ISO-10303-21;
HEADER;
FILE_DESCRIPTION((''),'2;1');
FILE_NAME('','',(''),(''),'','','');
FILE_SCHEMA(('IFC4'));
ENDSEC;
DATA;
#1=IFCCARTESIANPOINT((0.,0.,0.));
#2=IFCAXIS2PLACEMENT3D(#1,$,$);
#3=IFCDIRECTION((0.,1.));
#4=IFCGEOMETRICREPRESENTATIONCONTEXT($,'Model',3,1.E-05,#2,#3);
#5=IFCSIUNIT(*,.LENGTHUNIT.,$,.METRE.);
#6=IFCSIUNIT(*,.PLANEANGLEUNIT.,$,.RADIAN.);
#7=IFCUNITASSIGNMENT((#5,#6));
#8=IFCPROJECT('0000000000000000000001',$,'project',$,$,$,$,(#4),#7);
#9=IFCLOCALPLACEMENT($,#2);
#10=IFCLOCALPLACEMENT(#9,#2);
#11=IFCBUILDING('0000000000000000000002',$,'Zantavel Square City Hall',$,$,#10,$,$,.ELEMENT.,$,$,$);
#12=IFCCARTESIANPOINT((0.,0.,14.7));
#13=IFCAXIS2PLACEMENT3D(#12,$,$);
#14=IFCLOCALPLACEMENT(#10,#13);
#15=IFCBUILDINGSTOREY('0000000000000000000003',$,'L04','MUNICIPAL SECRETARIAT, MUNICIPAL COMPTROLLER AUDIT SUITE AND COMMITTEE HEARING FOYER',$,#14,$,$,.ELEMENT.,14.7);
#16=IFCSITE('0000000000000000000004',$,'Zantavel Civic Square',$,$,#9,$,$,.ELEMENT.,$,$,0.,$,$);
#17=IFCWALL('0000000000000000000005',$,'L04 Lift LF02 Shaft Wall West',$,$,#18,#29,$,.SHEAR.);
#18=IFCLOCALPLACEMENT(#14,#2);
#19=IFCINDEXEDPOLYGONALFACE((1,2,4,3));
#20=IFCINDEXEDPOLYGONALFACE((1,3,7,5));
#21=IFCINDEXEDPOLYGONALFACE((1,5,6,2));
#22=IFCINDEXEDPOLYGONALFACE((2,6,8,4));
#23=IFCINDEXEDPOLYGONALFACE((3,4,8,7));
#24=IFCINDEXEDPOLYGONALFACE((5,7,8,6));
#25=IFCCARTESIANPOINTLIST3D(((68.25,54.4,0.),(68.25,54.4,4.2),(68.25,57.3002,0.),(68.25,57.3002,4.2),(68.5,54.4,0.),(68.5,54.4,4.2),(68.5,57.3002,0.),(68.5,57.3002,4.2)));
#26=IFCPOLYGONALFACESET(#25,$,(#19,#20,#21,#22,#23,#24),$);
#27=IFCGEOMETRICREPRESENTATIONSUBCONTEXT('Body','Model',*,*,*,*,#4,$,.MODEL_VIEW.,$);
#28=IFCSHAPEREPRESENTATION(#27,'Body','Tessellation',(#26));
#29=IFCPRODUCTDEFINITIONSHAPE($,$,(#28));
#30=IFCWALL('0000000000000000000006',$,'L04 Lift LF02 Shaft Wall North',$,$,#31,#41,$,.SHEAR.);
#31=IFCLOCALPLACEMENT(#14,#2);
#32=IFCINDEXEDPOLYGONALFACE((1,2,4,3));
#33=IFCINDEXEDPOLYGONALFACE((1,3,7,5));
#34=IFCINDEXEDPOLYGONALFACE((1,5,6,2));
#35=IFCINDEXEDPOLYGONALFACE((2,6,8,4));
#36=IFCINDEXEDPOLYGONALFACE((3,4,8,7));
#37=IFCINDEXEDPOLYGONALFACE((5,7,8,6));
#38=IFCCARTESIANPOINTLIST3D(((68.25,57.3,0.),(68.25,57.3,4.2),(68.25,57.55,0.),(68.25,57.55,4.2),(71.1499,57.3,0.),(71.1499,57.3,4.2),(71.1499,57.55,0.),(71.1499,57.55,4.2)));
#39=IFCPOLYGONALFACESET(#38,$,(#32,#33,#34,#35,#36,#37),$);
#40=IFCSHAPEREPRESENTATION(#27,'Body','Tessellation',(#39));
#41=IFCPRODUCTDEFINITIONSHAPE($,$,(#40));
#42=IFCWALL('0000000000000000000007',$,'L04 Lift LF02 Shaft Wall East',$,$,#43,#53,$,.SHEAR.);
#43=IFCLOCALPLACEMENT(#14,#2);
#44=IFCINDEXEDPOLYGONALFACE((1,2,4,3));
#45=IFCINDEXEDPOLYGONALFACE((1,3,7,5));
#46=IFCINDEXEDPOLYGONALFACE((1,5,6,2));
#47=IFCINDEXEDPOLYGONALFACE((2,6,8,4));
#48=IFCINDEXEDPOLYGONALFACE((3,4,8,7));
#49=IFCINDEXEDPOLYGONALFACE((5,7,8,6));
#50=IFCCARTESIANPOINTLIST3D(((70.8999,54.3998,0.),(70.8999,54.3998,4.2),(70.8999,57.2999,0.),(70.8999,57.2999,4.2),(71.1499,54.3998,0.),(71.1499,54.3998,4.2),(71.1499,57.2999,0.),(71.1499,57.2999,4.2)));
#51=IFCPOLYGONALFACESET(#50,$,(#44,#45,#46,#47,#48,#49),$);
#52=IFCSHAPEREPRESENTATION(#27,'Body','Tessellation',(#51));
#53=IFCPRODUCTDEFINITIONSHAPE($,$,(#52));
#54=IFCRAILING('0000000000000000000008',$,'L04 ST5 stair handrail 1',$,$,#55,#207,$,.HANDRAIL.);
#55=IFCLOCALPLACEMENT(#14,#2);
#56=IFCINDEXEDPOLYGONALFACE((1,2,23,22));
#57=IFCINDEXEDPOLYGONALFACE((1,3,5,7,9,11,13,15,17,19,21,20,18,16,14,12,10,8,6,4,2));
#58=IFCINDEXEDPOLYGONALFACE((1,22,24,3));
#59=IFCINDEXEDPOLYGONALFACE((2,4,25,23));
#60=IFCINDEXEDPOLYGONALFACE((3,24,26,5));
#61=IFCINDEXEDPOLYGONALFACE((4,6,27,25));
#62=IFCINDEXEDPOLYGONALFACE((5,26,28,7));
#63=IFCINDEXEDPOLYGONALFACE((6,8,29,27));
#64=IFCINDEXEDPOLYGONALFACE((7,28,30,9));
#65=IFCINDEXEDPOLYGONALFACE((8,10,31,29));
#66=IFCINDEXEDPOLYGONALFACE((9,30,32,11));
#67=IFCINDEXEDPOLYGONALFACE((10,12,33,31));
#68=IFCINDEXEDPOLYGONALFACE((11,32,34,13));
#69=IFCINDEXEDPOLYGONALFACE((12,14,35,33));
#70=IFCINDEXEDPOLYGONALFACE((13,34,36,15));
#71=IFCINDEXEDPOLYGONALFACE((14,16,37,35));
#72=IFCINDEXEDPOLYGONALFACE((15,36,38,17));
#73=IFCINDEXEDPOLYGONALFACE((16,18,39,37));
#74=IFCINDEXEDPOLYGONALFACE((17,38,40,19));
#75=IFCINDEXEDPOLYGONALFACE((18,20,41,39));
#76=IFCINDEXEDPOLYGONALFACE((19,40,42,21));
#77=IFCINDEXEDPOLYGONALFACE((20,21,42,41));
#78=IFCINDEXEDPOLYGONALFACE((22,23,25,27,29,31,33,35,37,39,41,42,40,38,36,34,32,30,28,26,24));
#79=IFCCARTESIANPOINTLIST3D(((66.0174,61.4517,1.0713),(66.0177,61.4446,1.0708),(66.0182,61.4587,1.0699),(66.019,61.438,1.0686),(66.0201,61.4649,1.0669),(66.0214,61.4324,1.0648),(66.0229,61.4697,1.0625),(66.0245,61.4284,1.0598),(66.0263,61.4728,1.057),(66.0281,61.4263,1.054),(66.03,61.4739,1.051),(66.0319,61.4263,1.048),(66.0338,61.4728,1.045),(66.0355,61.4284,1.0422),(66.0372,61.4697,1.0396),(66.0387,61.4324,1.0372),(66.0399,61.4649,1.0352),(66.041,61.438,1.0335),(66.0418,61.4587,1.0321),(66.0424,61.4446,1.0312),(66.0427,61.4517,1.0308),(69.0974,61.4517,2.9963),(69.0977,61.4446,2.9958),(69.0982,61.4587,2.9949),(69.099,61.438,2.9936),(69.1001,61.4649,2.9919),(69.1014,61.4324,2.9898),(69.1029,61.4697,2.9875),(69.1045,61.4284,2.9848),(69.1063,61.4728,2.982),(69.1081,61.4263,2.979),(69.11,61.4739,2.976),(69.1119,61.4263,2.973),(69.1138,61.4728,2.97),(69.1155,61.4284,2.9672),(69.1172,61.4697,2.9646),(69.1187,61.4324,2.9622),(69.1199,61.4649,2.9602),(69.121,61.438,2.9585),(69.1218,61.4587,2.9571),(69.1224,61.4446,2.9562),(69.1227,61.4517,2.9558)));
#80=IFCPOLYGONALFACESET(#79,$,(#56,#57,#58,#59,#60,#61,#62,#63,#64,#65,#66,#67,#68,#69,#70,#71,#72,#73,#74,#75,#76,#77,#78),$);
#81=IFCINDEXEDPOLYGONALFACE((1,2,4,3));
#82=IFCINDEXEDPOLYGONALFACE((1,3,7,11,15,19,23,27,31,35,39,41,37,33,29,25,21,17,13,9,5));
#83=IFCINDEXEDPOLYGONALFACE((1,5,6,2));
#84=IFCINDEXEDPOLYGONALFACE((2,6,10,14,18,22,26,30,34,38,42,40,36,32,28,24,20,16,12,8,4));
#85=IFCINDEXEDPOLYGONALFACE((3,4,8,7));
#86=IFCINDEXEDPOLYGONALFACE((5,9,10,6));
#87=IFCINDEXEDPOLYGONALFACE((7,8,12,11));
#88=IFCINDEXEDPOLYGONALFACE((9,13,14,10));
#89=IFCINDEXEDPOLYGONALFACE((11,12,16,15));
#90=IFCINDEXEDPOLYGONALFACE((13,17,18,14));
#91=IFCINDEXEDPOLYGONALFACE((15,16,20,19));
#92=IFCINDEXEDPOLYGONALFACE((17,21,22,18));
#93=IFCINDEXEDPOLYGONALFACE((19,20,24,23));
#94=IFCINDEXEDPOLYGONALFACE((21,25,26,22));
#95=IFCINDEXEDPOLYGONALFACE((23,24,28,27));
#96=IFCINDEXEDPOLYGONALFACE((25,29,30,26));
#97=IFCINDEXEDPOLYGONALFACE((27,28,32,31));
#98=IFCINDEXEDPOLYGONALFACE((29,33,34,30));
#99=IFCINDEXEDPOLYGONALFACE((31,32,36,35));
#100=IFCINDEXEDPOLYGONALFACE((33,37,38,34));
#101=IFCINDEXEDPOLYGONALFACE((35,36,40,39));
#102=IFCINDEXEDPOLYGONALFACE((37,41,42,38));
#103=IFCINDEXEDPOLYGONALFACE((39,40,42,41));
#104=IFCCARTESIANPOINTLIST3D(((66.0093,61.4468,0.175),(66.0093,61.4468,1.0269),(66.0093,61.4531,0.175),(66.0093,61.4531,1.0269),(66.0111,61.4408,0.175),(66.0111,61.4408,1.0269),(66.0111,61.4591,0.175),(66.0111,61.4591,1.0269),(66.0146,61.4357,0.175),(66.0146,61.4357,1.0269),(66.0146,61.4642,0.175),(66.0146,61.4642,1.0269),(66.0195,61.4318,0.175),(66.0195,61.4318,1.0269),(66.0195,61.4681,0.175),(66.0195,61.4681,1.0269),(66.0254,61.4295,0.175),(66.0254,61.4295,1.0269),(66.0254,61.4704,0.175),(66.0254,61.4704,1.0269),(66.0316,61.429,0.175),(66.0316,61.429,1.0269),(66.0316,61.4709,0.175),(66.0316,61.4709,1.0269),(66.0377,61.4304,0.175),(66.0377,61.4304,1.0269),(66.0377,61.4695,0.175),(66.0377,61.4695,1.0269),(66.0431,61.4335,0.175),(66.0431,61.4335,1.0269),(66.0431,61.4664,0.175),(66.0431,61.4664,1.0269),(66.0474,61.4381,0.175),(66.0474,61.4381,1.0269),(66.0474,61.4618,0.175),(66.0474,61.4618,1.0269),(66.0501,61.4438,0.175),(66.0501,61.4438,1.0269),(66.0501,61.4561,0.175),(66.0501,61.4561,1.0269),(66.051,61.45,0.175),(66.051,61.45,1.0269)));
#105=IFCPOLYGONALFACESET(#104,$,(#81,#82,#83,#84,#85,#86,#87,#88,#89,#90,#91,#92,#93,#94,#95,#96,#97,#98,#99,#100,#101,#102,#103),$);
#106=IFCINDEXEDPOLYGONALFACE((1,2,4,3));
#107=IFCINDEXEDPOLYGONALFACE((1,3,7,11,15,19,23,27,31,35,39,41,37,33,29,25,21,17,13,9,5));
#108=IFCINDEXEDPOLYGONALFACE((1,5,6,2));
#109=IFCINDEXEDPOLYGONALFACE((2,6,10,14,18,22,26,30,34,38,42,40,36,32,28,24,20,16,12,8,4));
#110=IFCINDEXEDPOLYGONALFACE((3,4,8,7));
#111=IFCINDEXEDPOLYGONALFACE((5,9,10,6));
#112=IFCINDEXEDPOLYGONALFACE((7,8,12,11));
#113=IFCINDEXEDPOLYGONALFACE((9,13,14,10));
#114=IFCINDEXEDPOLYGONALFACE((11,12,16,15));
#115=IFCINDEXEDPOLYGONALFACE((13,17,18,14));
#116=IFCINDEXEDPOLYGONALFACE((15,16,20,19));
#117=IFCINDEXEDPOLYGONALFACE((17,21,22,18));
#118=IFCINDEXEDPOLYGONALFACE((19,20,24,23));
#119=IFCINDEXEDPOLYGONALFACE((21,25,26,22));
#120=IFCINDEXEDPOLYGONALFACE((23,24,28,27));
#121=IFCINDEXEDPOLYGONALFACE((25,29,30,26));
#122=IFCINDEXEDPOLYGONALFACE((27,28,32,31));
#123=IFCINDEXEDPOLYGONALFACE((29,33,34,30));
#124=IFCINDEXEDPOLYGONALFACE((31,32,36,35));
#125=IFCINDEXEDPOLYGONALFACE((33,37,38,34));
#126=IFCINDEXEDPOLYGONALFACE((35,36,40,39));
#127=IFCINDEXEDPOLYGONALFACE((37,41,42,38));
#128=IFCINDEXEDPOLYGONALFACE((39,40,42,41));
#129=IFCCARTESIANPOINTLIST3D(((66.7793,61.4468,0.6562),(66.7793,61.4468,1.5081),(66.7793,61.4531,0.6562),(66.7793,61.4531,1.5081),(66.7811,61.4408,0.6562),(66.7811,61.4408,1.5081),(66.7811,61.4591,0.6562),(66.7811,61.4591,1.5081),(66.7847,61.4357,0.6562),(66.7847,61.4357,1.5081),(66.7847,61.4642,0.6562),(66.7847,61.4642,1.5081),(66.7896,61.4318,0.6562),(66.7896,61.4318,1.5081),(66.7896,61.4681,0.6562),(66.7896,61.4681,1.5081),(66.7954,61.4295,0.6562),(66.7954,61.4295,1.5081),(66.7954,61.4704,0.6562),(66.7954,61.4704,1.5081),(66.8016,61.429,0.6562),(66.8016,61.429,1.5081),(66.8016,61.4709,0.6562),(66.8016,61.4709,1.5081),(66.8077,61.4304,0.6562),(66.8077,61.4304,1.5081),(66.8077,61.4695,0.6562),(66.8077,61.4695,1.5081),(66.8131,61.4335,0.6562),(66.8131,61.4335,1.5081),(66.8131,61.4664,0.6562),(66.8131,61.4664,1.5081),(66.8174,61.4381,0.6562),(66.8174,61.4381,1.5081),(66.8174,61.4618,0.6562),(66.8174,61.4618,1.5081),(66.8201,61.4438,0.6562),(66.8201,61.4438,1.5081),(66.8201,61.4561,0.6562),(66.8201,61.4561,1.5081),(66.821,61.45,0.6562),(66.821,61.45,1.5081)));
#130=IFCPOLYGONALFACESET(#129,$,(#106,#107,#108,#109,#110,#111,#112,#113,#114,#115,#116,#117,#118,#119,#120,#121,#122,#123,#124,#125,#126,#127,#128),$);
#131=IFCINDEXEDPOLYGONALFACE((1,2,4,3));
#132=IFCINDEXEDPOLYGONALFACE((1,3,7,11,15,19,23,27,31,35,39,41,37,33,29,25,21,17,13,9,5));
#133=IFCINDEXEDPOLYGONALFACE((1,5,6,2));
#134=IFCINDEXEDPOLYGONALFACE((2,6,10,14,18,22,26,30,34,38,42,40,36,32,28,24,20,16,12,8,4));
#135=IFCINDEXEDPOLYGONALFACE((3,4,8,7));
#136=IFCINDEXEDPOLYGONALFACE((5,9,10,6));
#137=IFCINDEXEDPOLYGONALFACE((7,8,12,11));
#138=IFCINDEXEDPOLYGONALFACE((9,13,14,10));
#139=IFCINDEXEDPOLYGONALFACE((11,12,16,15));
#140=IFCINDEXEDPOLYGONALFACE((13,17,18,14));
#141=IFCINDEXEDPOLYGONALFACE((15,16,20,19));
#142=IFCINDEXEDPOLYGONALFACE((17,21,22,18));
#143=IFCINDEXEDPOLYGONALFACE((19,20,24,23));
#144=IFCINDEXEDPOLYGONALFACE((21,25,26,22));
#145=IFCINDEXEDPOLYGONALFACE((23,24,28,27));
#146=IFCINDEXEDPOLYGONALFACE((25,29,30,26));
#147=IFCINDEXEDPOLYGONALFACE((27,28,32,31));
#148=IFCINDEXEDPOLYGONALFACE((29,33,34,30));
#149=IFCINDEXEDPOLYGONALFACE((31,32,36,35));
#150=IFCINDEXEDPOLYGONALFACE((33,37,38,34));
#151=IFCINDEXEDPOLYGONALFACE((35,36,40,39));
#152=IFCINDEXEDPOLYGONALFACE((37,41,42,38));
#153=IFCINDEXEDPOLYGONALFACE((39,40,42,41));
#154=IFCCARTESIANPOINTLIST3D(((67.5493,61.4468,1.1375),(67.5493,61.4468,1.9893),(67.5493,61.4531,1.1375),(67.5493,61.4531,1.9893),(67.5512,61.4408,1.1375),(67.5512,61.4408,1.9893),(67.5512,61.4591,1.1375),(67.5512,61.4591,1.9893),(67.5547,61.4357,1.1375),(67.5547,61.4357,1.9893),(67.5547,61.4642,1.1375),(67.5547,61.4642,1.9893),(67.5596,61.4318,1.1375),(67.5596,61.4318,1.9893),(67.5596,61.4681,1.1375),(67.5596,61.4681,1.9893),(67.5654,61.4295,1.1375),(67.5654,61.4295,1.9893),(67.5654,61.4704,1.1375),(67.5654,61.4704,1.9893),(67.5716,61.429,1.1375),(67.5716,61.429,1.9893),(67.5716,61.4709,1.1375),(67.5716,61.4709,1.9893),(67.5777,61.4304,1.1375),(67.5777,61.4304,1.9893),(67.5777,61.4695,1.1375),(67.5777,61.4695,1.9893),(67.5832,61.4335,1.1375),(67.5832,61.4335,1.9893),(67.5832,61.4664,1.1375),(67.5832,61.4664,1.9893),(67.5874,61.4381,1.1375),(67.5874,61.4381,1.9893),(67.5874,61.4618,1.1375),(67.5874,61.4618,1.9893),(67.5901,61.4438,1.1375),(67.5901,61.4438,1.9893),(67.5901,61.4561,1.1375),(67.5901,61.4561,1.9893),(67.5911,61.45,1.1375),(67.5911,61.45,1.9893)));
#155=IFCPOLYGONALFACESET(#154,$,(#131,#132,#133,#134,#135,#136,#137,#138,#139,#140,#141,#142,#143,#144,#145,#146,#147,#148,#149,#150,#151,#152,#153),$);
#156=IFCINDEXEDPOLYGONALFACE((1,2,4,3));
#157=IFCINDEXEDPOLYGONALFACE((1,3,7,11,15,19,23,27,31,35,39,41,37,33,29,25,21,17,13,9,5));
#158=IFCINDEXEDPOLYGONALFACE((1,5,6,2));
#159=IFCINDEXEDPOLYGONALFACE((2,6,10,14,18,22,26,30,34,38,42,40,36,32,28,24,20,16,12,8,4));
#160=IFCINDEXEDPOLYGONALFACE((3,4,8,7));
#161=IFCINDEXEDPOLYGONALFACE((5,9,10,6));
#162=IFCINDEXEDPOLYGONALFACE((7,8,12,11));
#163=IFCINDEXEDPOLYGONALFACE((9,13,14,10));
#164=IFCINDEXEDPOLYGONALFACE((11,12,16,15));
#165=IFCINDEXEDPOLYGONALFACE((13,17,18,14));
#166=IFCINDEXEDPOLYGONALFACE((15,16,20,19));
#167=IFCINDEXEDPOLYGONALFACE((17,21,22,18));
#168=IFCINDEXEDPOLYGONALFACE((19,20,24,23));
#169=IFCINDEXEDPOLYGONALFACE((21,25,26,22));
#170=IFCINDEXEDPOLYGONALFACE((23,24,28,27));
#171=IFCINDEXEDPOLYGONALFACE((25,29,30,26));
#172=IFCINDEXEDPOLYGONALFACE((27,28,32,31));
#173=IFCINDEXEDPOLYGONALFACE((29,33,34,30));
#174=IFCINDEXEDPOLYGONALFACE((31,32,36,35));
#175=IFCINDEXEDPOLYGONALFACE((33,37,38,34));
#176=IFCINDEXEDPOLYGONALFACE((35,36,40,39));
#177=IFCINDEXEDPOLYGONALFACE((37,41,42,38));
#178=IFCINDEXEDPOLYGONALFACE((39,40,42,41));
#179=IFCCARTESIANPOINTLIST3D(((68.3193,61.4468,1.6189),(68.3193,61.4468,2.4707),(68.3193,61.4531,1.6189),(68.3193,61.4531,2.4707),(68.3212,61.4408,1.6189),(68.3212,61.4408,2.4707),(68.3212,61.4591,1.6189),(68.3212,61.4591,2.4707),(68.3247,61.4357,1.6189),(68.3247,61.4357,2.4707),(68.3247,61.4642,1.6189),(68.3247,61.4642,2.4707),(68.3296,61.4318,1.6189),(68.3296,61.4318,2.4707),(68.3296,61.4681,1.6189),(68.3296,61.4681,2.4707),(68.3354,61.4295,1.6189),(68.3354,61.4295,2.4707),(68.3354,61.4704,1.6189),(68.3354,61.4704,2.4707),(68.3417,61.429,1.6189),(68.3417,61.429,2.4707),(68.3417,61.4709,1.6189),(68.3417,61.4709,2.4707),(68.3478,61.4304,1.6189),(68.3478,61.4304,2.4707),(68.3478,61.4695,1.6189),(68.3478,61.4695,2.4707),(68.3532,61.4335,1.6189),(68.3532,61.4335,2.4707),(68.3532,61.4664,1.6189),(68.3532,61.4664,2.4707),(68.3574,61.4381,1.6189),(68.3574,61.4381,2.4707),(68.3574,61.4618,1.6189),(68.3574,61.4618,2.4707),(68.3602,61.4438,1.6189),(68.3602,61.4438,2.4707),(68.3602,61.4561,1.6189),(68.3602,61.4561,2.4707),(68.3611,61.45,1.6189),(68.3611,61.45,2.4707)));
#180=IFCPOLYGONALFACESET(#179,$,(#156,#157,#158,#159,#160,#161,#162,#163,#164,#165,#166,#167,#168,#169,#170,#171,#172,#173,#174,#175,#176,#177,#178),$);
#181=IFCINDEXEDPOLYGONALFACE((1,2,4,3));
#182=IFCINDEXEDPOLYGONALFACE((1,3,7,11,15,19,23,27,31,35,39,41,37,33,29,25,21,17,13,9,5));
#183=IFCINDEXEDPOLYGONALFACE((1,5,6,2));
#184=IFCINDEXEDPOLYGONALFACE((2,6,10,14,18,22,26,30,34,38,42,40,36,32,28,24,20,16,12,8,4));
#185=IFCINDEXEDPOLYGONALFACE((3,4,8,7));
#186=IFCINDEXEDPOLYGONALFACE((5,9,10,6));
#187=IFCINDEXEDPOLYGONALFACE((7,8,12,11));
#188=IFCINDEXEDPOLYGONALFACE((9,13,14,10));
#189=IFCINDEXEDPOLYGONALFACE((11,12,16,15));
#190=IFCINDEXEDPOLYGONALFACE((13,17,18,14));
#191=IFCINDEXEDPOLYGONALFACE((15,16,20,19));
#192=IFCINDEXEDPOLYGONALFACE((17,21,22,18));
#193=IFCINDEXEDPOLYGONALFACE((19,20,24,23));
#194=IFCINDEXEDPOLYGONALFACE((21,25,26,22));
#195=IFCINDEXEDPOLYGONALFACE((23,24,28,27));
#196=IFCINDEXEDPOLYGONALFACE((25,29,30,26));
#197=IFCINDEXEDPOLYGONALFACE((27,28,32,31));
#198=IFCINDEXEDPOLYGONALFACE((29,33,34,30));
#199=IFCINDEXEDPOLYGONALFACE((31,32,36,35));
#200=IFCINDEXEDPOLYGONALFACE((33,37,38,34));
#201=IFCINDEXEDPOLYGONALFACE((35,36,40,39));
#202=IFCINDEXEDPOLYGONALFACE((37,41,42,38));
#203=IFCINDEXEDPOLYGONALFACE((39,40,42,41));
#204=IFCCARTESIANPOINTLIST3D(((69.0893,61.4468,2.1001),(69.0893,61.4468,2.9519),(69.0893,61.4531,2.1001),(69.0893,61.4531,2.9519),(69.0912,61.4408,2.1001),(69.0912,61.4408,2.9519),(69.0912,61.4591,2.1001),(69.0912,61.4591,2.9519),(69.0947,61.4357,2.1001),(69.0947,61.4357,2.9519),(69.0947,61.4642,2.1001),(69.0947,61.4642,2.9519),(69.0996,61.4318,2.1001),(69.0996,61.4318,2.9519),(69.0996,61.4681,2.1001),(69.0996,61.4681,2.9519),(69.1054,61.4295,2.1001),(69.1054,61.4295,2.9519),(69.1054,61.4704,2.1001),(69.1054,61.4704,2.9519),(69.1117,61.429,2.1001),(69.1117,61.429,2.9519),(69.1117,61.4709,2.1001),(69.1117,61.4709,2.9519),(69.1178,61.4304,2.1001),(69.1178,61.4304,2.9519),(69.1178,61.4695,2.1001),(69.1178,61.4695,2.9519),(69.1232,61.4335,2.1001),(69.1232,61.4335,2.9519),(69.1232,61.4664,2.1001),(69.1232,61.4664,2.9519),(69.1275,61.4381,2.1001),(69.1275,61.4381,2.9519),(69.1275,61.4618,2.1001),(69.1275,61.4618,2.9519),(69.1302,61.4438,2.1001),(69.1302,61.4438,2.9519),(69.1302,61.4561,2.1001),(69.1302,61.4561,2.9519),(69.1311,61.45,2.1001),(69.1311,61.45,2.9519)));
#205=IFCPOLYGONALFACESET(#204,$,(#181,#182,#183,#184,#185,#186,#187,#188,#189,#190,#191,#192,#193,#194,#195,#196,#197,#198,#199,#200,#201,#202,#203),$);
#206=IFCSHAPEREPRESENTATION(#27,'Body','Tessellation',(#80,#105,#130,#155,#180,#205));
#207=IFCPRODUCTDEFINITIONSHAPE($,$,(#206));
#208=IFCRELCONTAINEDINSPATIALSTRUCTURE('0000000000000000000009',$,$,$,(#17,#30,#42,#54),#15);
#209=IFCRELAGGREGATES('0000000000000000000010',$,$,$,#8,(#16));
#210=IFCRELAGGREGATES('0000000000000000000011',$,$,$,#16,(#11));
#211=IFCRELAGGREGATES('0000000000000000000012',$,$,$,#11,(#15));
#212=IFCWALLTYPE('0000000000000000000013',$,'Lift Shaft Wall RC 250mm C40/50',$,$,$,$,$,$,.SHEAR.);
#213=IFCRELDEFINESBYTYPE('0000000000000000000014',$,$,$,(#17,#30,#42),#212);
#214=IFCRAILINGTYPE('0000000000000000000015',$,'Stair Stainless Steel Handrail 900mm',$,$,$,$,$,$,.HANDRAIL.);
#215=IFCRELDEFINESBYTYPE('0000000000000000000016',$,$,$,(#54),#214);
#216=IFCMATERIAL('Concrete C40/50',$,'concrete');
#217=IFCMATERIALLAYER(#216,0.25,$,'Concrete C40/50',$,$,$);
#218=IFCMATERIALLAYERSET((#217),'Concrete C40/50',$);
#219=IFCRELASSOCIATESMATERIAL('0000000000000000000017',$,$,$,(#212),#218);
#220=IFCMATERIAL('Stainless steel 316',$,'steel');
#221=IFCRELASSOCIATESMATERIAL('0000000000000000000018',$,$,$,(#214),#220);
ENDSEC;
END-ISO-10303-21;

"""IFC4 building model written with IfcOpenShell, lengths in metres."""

from ifc_helpers import new_model, si_unit, direction, frame, frame_2d, origin, origin_2d, place, context, subcontext, project, spatial, rectangle, circle, extrude, material, layer, layer_set, type_object, element, save


model = new_model("IFC4")

# Units and contexts
model_context = context("Model", 3, precision=1e-05, world=origin(), true_north=direction((0.0, 1.0)))
body_context = subcontext(model_context, "Body", "Model", "MODEL_VIEW")
ifc_project = project(units=[si_unit("LENGTHUNIT", "METRE"), si_unit("PLANEANGLEUNIT", "RADIAN")], contexts=[model_context])

# Site, building, storey
site_placement = place(None, origin())
site = spatial("IfcSite", under=ifc_project, at=site_placement, Name="Zantavel Civic Square", CompositionType="ELEMENT", RefElevation=0.0)
building_placement = place(site_placement, origin())
building = spatial("IfcBuilding", under=site, at=building_placement, Name="Zantavel Square City Hall", CompositionType="ELEMENT")
storey_placement = place(building_placement, frame((0.0, 0.0, 14.7)))
storey = spatial("IfcBuildingStorey", under=building, at=storey_placement, Name="L04", Description="MUNICIPAL SECRETARIAT, MUNICIPAL COMPTROLLER AUDIT SUITE AND COMMITTEE HEARING FOYER", CompositionType="ELEMENT", Elevation=14.7)

# Shared definitions
ifc_material_1 = material(Name="Concrete C40/50", Category="concrete")

# Shared definitions
ifc_layer_1 = layer(ifc_material_1, 0.25, Name="Concrete C40/50")
ifc_layer_set_1 = layer_set([ifc_layer_1], Name="Concrete C40/50")
wall_type_1 = type_object("IfcWallType", Name="Lift Shaft Wall RC 250mm C40/50", PredefinedType="SHEAR", material=ifc_layer_set_1)
ifc_material_2 = material(Name="Stainless steel 316", Category="steel")

# Walls
wall_1_placement = place(storey_placement, frame((68.375, 54.3999, 0.0), z_axis=(0.0, 0.0, 1.0), x_axis=(0.0, 1.0, 0.0)))
element("IfcWall", 1, at=wall_1_placement, inside=storey, type_object=wall_type_1, Name="L04 Lift LF02 Shaft Wall West", PredefinedType="SHEAR", context=body_context, shape_type="SweptSolid", body=[
    extrude(rectangle(XDim=2.9001, YDim=0.25, at=frame_2d((1.4502, 0.0))), origin(), (0.0, 0.0, 1.0), 4.2),
])
wall_2_placement = place(storey_placement, frame((68.25, 57.425, 0.0), z_axis=(0.0, 0.0, 1.0), x_axis=(1.0, 0.0, 0.0)))
element("IfcWall", 2, at=wall_2_placement, inside=storey, type_object=wall_type_1, Name="L04 Lift LF02 Shaft Wall North", PredefinedType="SHEAR", context=body_context, shape_type="SweptSolid", body=[
    extrude(rectangle(XDim=2.8999, YDim=0.25, at=frame_2d((1.45, 0.0))), origin(), (0.0, 0.0, 1.0), 4.2),
])
wall_3_placement = place(storey_placement, frame((71.0249, 57.3, 0.0), z_axis=(0.0, 0.0, 1.0), x_axis=(0.0, -1.0, 0.0)))
element("IfcWall", 3, at=wall_3_placement, inside=storey, type_object=wall_type_1, Name="L04 Lift LF02 Shaft Wall East", PredefinedType="SHEAR", context=body_context, shape_type="SweptSolid", body=[
    extrude(rectangle(XDim=2.9001, YDim=0.25, at=frame_2d((1.4502, 0.0))), origin(), (0.0, 0.0, 1.0), 4.2),
])

# Railing
railing_type = type_object("IfcRailingType", Name="Stair Stainless Steel Handrail 900mm", PredefinedType="HANDRAIL", material=ifc_material_2)
railing_placement = place(storey_placement, frame((66.03, 61.45, 0.175)))
element("IfcRailing", 4, at=railing_placement, inside=storey, type_object=railing_type, Name="L04 ST5 stair handrail 1", PredefinedType="HANDRAIL", context=body_context, shape_type="SweptSolid", body=[
    extrude(circle(Radius=0.0239, at=origin_2d()), frame((0.0, 0.0, 0.876), z_axis=(0.847998, 0.0, 0.529999), x_axis=(0.0, 1.0, 0.0)), (0.0, 0.0, 1.0), 3.6321),
    extrude(circle(Radius=0.021, at=origin_2d()), origin(), (0.0, 0.0, 1.0), 0.8518),
    extrude(circle(Radius=0.021, at=origin_2d()), frame((0.77, 0.0, 0.4812)), (0.0, 0.0, 1.0), 0.8518),
    extrude(circle(Radius=0.021, at=origin_2d()), frame((1.54, 0.0, 0.9624)), (0.0, 0.0, 1.0), 0.8518),
    extrude(circle(Radius=0.021, at=origin_2d()), frame((2.3101, 0.0, 1.4438)), (0.0, 0.0, 1.0), 0.8518),
    extrude(circle(Radius=0.021, at=origin_2d()), frame((3.0801, 0.0, 1.925)), (0.0, 0.0, 1.0), 0.8518),
])

save(model, "model.ifc")
